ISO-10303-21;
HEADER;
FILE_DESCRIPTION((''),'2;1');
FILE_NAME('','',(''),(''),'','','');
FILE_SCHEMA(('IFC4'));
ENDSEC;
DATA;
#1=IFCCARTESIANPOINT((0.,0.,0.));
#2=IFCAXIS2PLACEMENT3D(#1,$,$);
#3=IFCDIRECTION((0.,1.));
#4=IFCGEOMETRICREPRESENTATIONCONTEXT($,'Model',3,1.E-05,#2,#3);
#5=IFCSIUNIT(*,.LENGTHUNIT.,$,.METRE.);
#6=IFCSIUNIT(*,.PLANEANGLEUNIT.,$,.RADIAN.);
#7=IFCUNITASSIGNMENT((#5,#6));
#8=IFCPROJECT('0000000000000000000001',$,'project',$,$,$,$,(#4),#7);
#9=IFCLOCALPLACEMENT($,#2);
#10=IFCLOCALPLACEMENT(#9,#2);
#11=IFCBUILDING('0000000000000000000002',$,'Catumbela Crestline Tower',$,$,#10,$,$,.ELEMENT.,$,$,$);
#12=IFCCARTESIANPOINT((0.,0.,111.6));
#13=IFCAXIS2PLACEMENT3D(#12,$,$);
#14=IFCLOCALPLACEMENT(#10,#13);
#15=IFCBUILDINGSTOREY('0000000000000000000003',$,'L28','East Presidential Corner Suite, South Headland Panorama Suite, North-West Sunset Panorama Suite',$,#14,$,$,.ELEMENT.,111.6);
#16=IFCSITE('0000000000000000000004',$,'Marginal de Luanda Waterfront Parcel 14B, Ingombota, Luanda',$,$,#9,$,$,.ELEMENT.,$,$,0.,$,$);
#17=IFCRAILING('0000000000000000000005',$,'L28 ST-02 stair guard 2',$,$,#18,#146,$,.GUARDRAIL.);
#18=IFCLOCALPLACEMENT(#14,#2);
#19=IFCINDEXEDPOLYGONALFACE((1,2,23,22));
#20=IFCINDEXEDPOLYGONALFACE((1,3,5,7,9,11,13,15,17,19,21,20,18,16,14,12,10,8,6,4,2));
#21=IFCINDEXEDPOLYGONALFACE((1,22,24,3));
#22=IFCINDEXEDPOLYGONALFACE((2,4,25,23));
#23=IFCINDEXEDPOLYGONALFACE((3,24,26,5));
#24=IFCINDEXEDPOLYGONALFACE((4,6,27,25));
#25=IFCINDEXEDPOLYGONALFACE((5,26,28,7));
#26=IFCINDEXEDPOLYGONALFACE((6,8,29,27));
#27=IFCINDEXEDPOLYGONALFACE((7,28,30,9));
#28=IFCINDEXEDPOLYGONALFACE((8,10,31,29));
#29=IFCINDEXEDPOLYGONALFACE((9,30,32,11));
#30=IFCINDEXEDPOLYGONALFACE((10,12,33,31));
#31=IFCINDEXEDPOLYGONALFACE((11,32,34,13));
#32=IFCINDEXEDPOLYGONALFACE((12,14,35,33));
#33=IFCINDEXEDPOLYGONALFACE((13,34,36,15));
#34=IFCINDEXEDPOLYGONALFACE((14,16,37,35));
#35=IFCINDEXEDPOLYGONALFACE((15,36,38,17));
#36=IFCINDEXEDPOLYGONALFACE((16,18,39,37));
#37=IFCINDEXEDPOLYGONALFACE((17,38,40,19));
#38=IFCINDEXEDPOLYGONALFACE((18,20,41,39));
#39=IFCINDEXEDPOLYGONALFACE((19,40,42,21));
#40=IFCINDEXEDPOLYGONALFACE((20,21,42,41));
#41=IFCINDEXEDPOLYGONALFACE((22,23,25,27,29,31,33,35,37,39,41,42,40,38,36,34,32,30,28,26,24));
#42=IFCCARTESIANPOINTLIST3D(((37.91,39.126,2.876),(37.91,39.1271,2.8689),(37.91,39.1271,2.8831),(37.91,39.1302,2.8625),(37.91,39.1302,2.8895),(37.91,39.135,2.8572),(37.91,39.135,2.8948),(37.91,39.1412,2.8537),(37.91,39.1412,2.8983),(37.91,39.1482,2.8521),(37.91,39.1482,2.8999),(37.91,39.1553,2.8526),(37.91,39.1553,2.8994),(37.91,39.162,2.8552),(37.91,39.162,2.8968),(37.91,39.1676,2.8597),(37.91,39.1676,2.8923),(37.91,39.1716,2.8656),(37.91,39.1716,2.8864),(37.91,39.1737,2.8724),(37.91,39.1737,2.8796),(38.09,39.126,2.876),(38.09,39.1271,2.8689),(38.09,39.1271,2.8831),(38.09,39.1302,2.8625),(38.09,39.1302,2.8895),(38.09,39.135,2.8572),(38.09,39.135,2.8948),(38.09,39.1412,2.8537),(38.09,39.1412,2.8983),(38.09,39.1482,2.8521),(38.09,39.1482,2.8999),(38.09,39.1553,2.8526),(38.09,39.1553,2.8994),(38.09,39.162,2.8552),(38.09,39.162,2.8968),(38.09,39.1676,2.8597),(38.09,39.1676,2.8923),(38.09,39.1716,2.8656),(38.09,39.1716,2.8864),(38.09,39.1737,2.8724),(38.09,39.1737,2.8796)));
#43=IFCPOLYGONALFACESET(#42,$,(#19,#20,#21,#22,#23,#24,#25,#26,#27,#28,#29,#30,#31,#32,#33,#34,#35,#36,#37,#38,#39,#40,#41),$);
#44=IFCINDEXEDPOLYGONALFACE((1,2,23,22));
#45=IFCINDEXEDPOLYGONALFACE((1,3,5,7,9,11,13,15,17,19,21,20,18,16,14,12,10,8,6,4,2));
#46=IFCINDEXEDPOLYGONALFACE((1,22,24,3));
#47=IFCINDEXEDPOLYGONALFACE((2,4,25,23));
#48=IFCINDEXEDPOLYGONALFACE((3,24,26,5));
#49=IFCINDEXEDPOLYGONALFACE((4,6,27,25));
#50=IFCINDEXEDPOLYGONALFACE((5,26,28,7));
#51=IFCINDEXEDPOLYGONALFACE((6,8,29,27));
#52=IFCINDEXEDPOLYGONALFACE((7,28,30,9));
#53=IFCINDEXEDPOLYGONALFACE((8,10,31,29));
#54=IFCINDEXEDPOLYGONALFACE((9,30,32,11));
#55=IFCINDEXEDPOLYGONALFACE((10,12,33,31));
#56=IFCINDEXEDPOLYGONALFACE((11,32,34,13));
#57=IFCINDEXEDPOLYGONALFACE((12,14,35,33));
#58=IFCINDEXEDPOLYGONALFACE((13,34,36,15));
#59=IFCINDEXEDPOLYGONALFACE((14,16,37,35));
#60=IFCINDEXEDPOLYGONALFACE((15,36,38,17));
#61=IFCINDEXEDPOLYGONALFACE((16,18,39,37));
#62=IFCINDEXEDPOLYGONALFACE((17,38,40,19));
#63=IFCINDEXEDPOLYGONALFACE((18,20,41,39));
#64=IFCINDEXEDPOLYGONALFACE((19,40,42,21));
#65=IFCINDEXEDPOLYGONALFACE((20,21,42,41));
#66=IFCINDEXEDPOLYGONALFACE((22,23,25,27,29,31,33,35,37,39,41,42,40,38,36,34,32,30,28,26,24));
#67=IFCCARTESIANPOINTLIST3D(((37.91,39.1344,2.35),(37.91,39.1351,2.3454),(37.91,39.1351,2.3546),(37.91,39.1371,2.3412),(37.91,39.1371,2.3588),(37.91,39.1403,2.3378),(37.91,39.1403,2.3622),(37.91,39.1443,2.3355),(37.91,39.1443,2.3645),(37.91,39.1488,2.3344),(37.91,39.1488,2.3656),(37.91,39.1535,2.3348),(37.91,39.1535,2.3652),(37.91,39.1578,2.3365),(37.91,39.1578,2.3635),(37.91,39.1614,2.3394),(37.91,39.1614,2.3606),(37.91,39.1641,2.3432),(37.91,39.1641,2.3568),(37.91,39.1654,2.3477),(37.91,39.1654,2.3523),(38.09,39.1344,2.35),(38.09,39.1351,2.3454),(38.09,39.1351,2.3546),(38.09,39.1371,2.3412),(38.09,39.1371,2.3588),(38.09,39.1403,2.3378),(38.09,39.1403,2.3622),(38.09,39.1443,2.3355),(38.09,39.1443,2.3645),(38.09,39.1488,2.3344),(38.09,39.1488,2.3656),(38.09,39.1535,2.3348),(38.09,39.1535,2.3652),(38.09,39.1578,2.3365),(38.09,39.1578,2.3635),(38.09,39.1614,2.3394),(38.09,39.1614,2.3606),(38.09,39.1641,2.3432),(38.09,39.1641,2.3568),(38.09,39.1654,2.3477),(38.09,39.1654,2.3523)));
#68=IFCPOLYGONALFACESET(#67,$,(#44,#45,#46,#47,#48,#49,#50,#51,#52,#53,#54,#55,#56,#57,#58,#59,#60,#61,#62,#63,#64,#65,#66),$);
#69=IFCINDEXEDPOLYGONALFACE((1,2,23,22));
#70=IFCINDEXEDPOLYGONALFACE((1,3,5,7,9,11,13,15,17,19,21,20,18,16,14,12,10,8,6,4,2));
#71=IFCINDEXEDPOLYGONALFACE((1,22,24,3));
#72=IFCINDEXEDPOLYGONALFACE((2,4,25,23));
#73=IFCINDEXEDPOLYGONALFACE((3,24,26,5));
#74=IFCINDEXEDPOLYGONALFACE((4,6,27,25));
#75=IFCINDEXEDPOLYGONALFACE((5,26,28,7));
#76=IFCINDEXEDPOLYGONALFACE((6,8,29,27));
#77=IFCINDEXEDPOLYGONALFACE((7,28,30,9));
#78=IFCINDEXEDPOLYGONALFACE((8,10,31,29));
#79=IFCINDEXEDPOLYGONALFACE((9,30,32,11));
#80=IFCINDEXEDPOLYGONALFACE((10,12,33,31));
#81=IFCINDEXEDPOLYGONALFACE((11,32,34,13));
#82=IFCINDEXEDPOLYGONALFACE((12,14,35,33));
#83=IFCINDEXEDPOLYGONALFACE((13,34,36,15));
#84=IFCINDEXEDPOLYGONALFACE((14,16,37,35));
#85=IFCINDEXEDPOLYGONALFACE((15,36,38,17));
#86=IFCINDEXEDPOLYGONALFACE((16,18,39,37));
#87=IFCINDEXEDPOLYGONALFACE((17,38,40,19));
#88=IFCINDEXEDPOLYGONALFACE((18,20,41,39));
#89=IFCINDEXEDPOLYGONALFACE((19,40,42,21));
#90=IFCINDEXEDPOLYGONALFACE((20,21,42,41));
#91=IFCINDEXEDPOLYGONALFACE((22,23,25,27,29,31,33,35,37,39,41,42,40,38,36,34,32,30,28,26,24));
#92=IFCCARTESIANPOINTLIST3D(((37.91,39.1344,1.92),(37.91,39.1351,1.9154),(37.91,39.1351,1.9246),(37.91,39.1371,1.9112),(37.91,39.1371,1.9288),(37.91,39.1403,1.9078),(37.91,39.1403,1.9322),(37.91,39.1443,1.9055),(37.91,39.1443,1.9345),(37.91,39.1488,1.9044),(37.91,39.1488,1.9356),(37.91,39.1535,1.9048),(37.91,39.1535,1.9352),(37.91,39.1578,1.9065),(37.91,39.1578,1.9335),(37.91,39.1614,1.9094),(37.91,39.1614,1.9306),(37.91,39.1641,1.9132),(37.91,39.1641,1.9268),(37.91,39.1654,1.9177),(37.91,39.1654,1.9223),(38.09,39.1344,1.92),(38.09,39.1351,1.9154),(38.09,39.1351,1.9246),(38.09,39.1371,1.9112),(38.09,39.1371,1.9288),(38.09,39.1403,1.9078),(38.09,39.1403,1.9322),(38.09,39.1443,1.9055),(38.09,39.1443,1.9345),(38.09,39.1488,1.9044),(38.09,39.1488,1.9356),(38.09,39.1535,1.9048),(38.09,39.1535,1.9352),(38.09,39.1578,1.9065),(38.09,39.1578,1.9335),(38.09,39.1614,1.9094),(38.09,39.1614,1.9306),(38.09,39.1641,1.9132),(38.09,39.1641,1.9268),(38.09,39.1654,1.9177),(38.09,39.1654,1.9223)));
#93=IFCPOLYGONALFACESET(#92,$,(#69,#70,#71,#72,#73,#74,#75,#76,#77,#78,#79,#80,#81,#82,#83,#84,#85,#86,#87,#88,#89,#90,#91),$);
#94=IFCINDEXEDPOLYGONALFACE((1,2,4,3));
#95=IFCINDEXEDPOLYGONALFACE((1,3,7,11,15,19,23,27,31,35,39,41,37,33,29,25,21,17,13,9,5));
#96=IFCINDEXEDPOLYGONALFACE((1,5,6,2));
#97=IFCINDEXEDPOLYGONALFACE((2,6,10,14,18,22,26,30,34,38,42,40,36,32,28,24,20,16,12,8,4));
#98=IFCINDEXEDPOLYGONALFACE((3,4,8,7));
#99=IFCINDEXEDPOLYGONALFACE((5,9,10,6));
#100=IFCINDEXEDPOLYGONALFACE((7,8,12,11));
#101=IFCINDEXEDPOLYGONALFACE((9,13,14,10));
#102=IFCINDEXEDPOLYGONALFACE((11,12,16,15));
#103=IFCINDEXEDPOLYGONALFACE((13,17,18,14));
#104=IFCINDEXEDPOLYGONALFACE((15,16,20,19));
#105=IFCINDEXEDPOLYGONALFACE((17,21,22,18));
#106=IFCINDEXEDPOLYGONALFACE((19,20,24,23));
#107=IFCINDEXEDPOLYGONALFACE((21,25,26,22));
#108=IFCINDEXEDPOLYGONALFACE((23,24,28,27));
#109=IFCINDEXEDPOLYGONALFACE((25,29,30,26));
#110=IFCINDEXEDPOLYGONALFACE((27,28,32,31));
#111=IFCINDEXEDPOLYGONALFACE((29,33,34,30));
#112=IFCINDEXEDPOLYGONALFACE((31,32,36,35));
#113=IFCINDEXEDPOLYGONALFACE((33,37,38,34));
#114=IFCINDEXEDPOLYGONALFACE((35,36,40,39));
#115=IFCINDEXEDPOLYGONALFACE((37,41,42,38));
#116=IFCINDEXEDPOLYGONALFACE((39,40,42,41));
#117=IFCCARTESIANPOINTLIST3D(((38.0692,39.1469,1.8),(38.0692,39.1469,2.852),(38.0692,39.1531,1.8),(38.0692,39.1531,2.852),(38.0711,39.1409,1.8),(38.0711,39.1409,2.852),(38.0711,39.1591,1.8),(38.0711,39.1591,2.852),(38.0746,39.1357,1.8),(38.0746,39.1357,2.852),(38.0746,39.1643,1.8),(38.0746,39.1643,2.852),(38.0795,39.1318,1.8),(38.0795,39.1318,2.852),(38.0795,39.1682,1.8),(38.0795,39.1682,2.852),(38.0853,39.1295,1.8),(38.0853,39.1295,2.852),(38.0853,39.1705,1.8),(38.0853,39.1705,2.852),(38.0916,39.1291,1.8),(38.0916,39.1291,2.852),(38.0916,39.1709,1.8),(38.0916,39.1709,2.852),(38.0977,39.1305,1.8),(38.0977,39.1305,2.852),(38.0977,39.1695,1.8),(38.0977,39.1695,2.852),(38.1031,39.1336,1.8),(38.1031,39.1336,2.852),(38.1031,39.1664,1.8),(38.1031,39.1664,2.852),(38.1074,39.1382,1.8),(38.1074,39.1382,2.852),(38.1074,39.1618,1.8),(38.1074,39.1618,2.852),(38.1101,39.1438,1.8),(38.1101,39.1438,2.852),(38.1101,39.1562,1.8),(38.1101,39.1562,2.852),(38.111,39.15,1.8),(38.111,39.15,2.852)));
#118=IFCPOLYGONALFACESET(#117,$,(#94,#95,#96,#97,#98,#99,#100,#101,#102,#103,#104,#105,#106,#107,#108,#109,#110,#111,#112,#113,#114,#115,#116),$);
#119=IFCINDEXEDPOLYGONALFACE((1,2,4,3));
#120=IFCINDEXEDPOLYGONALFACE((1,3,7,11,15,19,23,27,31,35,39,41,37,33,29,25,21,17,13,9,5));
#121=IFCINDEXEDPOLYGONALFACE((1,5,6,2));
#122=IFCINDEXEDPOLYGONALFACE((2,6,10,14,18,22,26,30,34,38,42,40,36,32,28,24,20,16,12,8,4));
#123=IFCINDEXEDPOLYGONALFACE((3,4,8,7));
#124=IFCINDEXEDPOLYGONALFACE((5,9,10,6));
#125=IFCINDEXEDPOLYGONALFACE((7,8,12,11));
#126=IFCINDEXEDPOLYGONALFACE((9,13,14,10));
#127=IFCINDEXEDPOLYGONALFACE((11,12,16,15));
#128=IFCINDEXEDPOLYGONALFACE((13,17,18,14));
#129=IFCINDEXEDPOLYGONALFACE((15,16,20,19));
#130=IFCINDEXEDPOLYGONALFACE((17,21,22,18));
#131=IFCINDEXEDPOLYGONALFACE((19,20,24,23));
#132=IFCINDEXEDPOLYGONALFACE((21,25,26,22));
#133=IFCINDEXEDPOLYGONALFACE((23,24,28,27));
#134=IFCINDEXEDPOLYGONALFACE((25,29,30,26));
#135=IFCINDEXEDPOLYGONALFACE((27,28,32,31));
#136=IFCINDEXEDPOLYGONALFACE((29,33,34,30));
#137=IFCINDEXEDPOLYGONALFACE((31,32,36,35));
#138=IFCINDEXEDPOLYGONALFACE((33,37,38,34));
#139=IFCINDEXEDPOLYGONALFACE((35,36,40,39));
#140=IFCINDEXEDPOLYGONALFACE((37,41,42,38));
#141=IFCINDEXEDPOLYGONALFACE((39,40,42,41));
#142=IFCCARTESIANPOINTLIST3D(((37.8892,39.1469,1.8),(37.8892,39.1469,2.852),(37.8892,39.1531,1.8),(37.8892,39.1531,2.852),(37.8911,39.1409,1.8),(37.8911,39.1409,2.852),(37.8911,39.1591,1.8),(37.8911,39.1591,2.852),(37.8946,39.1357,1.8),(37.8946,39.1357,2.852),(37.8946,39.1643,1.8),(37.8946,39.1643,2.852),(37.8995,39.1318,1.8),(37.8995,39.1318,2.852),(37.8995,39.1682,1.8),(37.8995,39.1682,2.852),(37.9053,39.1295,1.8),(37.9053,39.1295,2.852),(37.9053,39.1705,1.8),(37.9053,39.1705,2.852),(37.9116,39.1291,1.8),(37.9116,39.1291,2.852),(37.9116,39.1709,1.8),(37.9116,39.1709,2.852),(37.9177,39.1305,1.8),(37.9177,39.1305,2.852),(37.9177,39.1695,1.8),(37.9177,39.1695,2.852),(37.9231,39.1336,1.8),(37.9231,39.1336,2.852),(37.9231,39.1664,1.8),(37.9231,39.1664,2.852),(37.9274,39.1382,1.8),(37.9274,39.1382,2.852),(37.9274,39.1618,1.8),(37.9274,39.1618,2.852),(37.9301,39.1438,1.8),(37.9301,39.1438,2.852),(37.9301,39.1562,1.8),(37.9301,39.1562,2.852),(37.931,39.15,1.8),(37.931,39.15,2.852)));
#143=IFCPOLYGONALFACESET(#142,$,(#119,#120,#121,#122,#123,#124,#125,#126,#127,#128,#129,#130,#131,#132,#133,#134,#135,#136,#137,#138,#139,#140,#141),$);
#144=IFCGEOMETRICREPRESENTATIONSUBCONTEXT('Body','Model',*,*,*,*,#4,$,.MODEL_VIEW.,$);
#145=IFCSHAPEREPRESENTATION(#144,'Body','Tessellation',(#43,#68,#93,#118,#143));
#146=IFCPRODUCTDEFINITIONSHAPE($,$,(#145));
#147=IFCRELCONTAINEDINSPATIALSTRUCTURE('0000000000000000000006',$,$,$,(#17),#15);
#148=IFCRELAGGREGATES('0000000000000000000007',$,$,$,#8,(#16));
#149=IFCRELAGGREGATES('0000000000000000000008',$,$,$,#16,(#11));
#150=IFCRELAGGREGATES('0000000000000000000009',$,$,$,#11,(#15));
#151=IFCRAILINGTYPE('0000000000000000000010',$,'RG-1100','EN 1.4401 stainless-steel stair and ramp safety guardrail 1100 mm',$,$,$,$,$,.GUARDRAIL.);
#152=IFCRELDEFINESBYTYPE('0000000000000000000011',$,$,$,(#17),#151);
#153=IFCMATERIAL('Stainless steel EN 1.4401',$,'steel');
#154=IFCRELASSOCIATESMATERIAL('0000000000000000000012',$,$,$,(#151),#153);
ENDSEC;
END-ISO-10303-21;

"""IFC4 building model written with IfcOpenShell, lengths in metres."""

from ifc_helpers import new_model, si_unit, direction, frame, origin, origin_2d, place, context, subcontext, project, spatial, circle, extrude, material, type_object, element, save


model = new_model("IFC4")

# Units and contexts
model_context = context("Model", 3, precision=1e-05, world=origin(), true_north=direction((0.0, 1.0)))
body_context = subcontext(model_context, "Body", "Model", "MODEL_VIEW")
ifc_project = project(units=[si_unit("LENGTHUNIT", "METRE"), si_unit("PLANEANGLEUNIT", "RADIAN")], contexts=[model_context])

# Site, building, storey
site_placement = place(None, origin())
site = spatial("IfcSite", under=ifc_project, at=site_placement, Name="Marginal de Luanda Waterfront Parcel 14B, Ingombota, Luanda", CompositionType="ELEMENT", RefElevation=0.0)
building_placement = place(site_placement, origin())
building = spatial("IfcBuilding", under=site, at=building_placement, Name="Catumbela Crestline Tower", CompositionType="ELEMENT")
storey_placement = place(building_placement, frame((0.0, 0.0, 111.6)))
storey = spatial("IfcBuildingStorey", under=building, at=storey_placement, Name="L28", Description="East Presidential Corner Suite, South Headland Panorama Suite, North-West Sunset Panorama Suite", CompositionType="ELEMENT", Elevation=111.6)

# Shared definitions
ifc_material_1 = material(Name="Stainless steel EN 1.4401", Category="steel")

# Railing
railing_type_1 = type_object("IfcRailingType", Name="RG-1100", Description="EN 1.4401 stainless-steel stair and ramp safety guardrail 1100 mm", PredefinedType="GUARDRAIL", material=ifc_material_1)
railing_1_placement = place(storey_placement, frame((38.09, 39.15, 1.8)))
element("IfcRailing", 1, at=railing_1_placement, inside=storey, type_object=railing_type_1, Name="L28 ST-02 stair guard 2", PredefinedType="GUARDRAIL", context=body_context, shape_type="SweptSolid", body=[
    extrude(circle(Radius=0.024, at=origin_2d()), frame((0.0, 0.0, 1.076), z_axis=(-1.0, 0.0, 0.0), x_axis=(0.0, -1.0, 0.0)), (0.0, 0.0, 1.0), 0.18),
    extrude(circle(Radius=0.0156, at=origin_2d()), frame((0.0, 0.0, 0.55), z_axis=(-1.0, 0.0, 0.0), x_axis=(0.0, -1.0, 0.0)), (0.0, 0.0, 1.0), 0.18),
    extrude(circle(Radius=0.0156, at=origin_2d()), frame((0.0, 0.0, 0.12), z_axis=(-1.0, 0.0, 0.0), x_axis=(0.0, -1.0, 0.0)), (0.0, 0.0, 1.0), 0.18),
    extrude(circle(Radius=0.021, at=origin_2d()), origin(), (0.0, 0.0, 1.0), 1.052),
    extrude(circle(Radius=0.021, at=origin_2d()), frame((-0.18, 0.0, 0.0)), (0.0, 0.0, 1.0), 1.052),
])

save(model, "model.ifc")
